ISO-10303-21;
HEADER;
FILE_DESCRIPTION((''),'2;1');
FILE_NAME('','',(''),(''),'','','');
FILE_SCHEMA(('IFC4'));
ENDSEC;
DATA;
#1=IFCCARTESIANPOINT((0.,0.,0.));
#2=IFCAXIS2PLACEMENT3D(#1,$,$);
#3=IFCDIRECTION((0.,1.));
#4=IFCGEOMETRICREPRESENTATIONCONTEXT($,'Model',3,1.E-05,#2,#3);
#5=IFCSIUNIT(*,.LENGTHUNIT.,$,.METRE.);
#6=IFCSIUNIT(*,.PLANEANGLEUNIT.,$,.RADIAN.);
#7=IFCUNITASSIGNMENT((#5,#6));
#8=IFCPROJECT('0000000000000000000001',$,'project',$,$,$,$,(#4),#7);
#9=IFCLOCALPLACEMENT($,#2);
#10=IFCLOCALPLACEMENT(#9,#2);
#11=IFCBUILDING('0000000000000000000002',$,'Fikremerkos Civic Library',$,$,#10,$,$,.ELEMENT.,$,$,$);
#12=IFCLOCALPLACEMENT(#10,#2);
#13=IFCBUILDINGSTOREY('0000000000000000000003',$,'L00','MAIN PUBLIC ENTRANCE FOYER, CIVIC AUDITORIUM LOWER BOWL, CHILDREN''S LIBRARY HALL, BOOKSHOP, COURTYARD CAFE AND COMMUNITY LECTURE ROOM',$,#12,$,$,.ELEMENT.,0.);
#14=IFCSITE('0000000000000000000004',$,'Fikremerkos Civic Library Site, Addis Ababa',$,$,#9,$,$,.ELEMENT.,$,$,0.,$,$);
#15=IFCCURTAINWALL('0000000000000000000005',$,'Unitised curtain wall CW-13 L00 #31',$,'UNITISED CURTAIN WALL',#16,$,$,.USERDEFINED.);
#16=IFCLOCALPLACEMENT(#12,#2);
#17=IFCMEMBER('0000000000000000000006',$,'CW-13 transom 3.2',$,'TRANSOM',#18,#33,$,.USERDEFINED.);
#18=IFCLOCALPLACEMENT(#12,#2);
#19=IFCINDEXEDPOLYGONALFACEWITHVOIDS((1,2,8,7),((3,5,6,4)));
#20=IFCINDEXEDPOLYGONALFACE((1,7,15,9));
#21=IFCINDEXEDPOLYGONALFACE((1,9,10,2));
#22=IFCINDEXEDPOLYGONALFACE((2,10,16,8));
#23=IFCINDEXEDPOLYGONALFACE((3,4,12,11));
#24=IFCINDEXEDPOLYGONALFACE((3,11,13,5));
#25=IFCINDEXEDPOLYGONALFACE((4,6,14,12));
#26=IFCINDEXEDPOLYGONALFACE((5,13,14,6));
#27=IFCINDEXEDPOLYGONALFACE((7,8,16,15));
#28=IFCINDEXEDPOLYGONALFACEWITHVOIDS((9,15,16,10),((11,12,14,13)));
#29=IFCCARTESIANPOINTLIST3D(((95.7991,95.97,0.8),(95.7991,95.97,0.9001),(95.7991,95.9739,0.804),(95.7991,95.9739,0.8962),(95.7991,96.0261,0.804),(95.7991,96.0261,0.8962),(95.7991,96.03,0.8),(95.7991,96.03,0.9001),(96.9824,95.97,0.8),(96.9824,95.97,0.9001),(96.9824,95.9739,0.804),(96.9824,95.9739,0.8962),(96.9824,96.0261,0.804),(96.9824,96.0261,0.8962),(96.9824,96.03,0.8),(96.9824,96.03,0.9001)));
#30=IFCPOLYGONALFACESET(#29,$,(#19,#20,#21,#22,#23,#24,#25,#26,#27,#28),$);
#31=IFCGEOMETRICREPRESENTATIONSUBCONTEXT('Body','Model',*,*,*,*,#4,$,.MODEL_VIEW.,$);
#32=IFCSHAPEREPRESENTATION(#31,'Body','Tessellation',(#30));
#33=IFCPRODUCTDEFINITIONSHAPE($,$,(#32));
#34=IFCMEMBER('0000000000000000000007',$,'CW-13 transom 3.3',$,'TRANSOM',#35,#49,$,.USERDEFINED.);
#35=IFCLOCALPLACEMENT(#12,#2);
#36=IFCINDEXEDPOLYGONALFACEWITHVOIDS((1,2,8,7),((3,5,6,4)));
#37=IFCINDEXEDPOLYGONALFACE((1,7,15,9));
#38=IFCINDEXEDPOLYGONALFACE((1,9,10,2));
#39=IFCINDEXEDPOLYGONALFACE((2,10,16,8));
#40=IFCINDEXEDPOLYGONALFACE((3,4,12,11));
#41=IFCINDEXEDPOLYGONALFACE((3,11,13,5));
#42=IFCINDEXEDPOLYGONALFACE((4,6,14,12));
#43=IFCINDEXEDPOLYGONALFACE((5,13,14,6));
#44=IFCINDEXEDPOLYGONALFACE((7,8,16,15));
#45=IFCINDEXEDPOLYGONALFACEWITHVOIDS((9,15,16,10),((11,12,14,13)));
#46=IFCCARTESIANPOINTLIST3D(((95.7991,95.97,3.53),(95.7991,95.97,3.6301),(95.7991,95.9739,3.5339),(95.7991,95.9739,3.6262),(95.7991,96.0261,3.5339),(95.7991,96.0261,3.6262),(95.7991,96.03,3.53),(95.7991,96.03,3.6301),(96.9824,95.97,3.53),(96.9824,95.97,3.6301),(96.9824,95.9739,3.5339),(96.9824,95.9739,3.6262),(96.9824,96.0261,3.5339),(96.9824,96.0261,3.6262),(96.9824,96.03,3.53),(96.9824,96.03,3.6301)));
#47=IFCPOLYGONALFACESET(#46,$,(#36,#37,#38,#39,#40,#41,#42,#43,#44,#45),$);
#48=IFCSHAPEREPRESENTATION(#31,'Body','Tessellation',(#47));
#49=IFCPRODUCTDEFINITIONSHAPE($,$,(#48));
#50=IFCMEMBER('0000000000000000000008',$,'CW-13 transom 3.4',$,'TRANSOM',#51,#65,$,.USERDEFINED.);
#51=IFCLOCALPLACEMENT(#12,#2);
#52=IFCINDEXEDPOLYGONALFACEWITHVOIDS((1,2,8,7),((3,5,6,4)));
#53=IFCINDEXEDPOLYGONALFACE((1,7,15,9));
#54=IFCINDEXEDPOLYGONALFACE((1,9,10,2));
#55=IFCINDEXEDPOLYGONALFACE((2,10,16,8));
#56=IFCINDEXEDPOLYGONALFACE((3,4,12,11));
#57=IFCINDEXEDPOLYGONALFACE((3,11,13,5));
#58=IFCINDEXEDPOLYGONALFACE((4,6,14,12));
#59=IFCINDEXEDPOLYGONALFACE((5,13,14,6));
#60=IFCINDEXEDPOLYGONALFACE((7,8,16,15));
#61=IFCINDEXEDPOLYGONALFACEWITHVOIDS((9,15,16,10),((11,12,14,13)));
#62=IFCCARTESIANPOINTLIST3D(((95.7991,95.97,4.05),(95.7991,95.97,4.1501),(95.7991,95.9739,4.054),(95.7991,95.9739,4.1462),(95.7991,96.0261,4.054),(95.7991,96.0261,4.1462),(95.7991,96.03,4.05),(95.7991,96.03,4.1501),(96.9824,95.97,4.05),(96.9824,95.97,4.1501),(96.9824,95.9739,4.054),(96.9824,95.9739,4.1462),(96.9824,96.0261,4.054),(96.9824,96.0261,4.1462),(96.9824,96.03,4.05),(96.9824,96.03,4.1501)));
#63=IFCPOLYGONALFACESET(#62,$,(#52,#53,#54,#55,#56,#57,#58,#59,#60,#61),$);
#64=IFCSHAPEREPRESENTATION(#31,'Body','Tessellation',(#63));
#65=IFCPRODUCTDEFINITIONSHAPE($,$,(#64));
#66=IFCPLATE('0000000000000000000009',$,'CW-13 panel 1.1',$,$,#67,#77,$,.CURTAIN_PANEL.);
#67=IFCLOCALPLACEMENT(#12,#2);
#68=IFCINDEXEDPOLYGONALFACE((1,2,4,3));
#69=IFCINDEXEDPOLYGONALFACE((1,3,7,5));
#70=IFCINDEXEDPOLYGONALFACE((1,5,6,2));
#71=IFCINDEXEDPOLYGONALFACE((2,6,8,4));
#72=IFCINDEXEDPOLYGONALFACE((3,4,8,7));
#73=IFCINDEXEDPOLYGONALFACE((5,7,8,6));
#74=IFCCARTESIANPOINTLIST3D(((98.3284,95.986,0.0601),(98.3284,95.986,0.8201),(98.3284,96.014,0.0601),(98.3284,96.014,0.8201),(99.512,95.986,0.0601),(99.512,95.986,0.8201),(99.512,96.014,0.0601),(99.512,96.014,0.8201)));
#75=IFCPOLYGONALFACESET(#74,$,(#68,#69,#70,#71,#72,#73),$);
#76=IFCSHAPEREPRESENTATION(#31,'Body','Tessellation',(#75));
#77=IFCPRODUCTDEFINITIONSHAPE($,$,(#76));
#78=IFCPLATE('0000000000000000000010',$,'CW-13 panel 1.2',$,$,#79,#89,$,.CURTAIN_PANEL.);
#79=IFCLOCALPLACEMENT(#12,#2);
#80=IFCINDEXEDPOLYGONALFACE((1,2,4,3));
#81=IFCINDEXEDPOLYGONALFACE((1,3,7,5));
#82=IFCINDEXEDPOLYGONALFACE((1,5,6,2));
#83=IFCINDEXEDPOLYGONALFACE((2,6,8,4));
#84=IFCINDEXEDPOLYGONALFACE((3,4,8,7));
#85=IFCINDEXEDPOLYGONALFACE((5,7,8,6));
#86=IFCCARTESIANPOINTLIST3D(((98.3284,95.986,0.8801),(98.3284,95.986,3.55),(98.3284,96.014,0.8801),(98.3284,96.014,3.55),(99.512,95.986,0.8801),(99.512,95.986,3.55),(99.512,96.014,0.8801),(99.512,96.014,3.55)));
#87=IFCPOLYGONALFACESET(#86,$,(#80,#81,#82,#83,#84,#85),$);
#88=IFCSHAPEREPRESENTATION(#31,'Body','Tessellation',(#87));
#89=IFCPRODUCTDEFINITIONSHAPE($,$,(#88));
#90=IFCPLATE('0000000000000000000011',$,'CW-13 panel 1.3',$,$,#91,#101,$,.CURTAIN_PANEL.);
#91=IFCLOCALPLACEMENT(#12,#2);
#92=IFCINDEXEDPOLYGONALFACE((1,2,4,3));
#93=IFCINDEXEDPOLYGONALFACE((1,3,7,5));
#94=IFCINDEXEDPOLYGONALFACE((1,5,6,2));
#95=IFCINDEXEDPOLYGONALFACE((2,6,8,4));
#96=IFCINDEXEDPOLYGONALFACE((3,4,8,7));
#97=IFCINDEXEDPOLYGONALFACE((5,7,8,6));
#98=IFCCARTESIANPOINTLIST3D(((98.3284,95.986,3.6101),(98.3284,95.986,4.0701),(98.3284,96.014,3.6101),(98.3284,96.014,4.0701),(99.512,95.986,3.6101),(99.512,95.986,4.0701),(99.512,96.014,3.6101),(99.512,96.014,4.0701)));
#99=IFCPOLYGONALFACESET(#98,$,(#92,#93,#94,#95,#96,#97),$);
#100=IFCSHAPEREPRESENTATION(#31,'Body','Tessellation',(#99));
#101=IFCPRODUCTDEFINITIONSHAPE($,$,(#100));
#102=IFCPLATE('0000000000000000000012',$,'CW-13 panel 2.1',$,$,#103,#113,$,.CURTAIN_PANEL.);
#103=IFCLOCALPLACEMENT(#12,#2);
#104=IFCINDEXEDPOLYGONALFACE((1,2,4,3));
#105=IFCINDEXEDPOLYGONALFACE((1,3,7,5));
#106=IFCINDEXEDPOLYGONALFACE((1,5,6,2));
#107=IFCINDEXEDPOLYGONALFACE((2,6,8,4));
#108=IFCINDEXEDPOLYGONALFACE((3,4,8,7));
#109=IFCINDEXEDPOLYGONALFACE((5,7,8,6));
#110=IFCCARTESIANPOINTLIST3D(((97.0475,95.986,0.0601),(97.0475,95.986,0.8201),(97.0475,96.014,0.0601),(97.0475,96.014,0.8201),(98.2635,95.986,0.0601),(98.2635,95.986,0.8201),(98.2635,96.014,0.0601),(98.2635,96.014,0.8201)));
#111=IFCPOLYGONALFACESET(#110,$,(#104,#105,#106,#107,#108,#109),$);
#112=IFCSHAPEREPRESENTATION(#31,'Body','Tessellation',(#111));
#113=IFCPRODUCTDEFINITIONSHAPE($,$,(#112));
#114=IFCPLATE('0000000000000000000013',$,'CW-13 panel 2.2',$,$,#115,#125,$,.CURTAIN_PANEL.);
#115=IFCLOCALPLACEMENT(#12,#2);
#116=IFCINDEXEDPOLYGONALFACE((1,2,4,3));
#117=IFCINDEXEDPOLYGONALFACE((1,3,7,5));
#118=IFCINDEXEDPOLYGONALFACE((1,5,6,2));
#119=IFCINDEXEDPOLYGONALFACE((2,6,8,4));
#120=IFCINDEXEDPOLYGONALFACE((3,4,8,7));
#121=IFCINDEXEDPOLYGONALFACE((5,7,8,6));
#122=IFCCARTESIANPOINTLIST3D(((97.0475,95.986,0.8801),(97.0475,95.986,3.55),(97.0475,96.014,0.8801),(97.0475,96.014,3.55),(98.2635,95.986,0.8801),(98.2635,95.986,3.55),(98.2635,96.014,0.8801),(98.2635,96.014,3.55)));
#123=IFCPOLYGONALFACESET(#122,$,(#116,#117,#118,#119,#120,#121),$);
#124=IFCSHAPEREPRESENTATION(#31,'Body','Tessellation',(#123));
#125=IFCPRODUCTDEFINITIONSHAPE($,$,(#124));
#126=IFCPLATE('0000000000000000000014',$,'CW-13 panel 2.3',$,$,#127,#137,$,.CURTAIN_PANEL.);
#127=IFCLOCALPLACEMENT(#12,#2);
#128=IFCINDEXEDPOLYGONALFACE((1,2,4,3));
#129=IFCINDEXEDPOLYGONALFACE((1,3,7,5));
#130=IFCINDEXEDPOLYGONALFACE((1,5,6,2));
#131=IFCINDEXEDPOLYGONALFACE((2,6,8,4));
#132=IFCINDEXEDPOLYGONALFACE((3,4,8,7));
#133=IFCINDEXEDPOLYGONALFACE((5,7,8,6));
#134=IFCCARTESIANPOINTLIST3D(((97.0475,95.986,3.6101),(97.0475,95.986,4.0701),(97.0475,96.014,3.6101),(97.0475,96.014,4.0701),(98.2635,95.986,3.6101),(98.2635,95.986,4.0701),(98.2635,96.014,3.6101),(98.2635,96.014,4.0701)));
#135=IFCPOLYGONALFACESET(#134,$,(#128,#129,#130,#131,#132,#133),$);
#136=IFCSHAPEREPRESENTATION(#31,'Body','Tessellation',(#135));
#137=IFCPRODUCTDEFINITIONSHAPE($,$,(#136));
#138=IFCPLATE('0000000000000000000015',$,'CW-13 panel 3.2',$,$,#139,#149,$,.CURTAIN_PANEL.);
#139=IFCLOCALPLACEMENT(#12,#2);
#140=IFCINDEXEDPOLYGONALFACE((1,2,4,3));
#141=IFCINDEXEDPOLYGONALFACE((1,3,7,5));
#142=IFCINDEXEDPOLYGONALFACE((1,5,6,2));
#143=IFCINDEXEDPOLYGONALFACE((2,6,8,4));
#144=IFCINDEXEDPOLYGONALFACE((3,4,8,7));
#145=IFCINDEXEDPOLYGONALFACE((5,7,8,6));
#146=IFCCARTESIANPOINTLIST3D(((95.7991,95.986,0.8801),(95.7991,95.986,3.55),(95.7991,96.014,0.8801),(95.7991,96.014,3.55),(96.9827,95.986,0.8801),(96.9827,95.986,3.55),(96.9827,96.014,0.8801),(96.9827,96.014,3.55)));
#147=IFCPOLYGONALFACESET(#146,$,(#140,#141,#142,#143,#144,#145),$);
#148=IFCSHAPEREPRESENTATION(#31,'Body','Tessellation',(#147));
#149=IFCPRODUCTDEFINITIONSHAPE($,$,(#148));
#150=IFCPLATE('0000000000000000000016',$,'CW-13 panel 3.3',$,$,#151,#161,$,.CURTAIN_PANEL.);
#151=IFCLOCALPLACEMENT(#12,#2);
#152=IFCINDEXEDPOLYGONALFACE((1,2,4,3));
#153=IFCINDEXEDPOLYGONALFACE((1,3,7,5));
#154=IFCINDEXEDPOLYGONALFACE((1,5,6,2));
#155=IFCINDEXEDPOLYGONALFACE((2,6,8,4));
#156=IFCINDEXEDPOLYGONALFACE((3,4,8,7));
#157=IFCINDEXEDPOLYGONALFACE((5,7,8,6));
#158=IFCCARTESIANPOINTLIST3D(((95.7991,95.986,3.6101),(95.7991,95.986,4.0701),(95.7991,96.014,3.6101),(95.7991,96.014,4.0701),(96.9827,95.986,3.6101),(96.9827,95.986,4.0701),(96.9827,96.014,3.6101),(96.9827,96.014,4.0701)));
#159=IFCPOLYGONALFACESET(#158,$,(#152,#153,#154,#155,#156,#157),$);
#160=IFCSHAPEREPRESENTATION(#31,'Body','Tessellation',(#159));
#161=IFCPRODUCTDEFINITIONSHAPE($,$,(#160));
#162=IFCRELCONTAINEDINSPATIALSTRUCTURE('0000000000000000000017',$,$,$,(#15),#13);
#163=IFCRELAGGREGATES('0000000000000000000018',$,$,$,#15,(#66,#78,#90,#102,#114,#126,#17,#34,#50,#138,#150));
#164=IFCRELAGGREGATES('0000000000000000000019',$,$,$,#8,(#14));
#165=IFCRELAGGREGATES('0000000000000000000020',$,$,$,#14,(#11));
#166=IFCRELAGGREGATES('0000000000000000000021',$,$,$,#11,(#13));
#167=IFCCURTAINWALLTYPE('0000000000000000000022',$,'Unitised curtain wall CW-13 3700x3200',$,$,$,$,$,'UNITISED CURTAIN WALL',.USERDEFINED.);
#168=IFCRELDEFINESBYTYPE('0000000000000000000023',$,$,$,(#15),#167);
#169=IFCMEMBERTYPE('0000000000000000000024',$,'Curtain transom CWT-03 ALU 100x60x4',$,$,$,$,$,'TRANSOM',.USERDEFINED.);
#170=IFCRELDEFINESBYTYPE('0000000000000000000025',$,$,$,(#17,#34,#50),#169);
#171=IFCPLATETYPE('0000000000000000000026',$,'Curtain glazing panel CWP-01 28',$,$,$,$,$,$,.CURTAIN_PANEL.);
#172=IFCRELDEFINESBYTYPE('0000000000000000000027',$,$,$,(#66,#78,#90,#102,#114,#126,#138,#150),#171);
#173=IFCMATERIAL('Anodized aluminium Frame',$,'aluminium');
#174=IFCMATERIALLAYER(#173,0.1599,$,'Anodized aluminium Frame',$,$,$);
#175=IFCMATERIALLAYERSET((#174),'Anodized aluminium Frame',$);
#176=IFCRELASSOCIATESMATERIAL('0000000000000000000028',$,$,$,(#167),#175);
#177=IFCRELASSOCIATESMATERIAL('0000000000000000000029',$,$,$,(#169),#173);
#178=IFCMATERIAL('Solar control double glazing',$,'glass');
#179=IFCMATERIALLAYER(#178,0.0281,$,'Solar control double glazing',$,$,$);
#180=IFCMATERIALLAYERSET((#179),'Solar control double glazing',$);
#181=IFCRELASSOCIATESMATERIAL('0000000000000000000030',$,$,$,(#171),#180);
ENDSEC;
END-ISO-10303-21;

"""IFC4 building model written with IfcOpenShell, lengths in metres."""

from ifc_helpers import new_model, si_unit, direction, frame, origin, origin_2d, place, context, subcontext, project, spatial, rectangle, hollow_rectangle, extrude, material, layer, layer_set, material_profile, profile_set, type_object, element, aggregate, save


model = new_model("IFC4")

# Units and contexts
model_context = context("Model", 3, precision=1e-05, world=origin(), true_north=direction((0.0, 1.0)))
body_context = subcontext(model_context, "Body", "Model", "MODEL_VIEW")
ifc_project = project(units=[si_unit("LENGTHUNIT", "METRE"), si_unit("PLANEANGLEUNIT", "RADIAN")], contexts=[model_context])

# Site, building, storey
site_placement = place(None, origin())
site = spatial("IfcSite", under=ifc_project, at=site_placement, Name="Fikremerkos Civic Library Site, Addis Ababa", CompositionType="ELEMENT", RefElevation=0.0)
building_placement = place(site_placement, origin())
building = spatial("IfcBuilding", under=site, at=building_placement, Name="Fikremerkos Civic Library", CompositionType="ELEMENT")
storey_placement = place(building_placement, origin())
storey = spatial("IfcBuildingStorey", under=building, at=storey_placement, Name="L00", Description="MAIN PUBLIC ENTRANCE FOYER, CIVIC AUDITORIUM LOWER BOWL, CHILDREN'S LIBRARY HALL, BOOKSHOP, COURTYARD CAFE AND COMMUNITY LECTURE ROOM", CompositionType="ELEMENT", Elevation=0.0)

# Curtain wall, members, plates
ifc_material_1 = material(Name="Anodized aluminium Frame", Category="aluminium")
ifc_layer_1 = layer(ifc_material_1, 0.1599, Name="Anodized aluminium Frame")
ifc_layer_set_1 = layer_set([ifc_layer_1], Name="Anodized aluminium Frame")
curtain_wall_type = type_object("IfcCurtainWallType", Name="Unitised curtain wall CW-13 3700x3200", ElementType="UNITISED CURTAIN WALL", PredefinedType="USERDEFINED", material=ifc_layer_set_1)
curtain_wall_placement = place(storey_placement, origin())
curtain_wall = element("IfcCurtainWall", 1, at=curtain_wall_placement, inside=storey, type_object=curtain_wall_type, Name="Unitised curtain wall CW-13 L00 #31", ObjectType="UNITISED CURTAIN WALL", PredefinedType="USERDEFINED")
ifc_material_profile_1 = material_profile(ifc_material_1, hollow_rectangle(XDim=0.0601, YDim=0.1001, WallThickness=0.0039, at=origin_2d()), Name="ALU 100x60x4")
ifc_profile_set_1 = profile_set([ifc_material_profile_1], Name="Anodized aluminium Frame")
member_type_1 = type_object("IfcMemberType", Name="Curtain transom CWT-03 ALU 100x60x4", ElementType="TRANSOM", PredefinedType="USERDEFINED", material=ifc_profile_set_1)
member_1_placement = place(storey_placement, frame((96.9824, 96.0, 0.8501), z_axis=(-1.0, 0.0, 0.0), x_axis=(0.0, -1.0, 0.0)))
member_1 = element("IfcMember", 2, at=member_1_placement, type_object=member_type_1, Name="CW-13 transom 3.2", ObjectType="TRANSOM", PredefinedType="USERDEFINED", context=body_context, shape_type="SweptSolid", body=[
    extrude(hollow_rectangle(XDim=0.0601, YDim=0.1001, WallThickness=0.0039, at=origin_2d()), origin(), (0.0, 0.0, 1.0), 1.1833),
])
member_2_placement = place(storey_placement, frame((96.9824, 96.0, 3.5801), z_axis=(-1.0, 0.0, 0.0), x_axis=(0.0, -1.0, 0.0)))
member_2 = element("IfcMember", 3, at=member_2_placement, type_object=member_type_1, Name="CW-13 transom 3.3", ObjectType="TRANSOM", PredefinedType="USERDEFINED", context=body_context, shape_type="SweptSolid", body=[
    extrude(hollow_rectangle(XDim=0.0601, YDim=0.1001, WallThickness=0.0039, at=origin_2d()), origin(), (0.0, 0.0, 1.0), 1.1833),
])
member_3_placement = place(storey_placement, frame((96.9824, 96.0, 4.1001), z_axis=(-1.0, 0.0, 0.0), x_axis=(0.0, -1.0, 0.0)))
member_3 = element("IfcMember", 4, at=member_3_placement, type_object=member_type_1, Name="CW-13 transom 3.4", ObjectType="TRANSOM", PredefinedType="USERDEFINED", context=body_context, shape_type="SweptSolid", body=[
    extrude(hollow_rectangle(XDim=0.0601, YDim=0.1001, WallThickness=0.0039, at=origin_2d()), origin(), (0.0, 0.0, 1.0), 1.1833),
])
ifc_material_2 = material(Name="Solar control double glazing", Category="glass")
ifc_layer_2 = layer(ifc_material_2, 0.0281, Name="Solar control double glazing")
ifc_layer_set_2 = layer_set([ifc_layer_2], Name="Solar control double glazing")
plate_type = type_object("IfcPlateType", Name="Curtain glazing panel CWP-01 28", PredefinedType="CURTAIN_PANEL", material=ifc_layer_set_2)
plate_1_placement = place(storey_placement, frame((98.9202, 96.0, 0.0601), z_axis=(0.0, 0.0, 1.0), x_axis=(-1.0, 0.0, 0.0)))
plate_1 = element("IfcPlate", 5, at=plate_1_placement, type_object=plate_type, Name="CW-13 panel 1.1", PredefinedType="CURTAIN_PANEL", context=body_context, shape_type="SweptSolid", body=[
    extrude(rectangle(XDim=1.1836, YDim=0.0281, at=origin_2d()), origin(), (0.0, 0.0, 1.0), 0.76),
])
plate_2_placement = place(storey_placement, frame((98.9202, 96.0, 0.8801), z_axis=(0.0, 0.0, 1.0), x_axis=(-1.0, 0.0, 0.0)))
plate_2 = element("IfcPlate", 6, at=plate_2_placement, type_object=plate_type, Name="CW-13 panel 1.2", PredefinedType="CURTAIN_PANEL", context=body_context, shape_type="SweptSolid", body=[
    extrude(rectangle(XDim=1.1836, YDim=0.0281, at=origin_2d()), origin(), (0.0, 0.0, 1.0), 2.6699),
])
plate_3_placement = place(storey_placement, frame((98.9202, 96.0, 3.6101), z_axis=(0.0, 0.0, 1.0), x_axis=(-1.0, 0.0, 0.0)))
plate_3 = element("IfcPlate", 7, at=plate_3_placement, type_object=plate_type, Name="CW-13 panel 1.3", PredefinedType="CURTAIN_PANEL", context=body_context, shape_type="SweptSolid", body=[
    extrude(rectangle(XDim=1.1836, YDim=0.0281, at=origin_2d()), origin(), (0.0, 0.0, 1.0), 0.46),
])
plate_4_placement = place(storey_placement, frame((97.6555, 96.0, 0.0601), z_axis=(0.0, 0.0, 1.0), x_axis=(-1.0, 0.0, 0.0)))
plate_4 = element("IfcPlate", 8, at=plate_4_placement, type_object=plate_type, Name="CW-13 panel 2.1", PredefinedType="CURTAIN_PANEL", context=body_context, shape_type="SweptSolid", body=[
    extrude(rectangle(XDim=1.2161, YDim=0.0281, at=origin_2d()), origin(), (0.0, 0.0, 1.0), 0.76),
])
plate_5_placement = place(storey_placement, frame((97.6555, 96.0, 0.8801), z_axis=(0.0, 0.0, 1.0), x_axis=(-1.0, 0.0, 0.0)))
plate_5 = element("IfcPlate", 9, at=plate_5_placement, type_object=plate_type, Name="CW-13 panel 2.2", PredefinedType="CURTAIN_PANEL", context=body_context, shape_type="SweptSolid", body=[
    extrude(rectangle(XDim=1.2161, YDim=0.0281, at=origin_2d()), origin(), (0.0, 0.0, 1.0), 2.6699),
])
plate_6_placement = place(storey_placement, frame((97.6555, 96.0, 3.6101), z_axis=(0.0, 0.0, 1.0), x_axis=(-1.0, 0.0, 0.0)))
plate_6 = element("IfcPlate", 10, at=plate_6_placement, type_object=plate_type, Name="CW-13 panel 2.3", PredefinedType="CURTAIN_PANEL", context=body_context, shape_type="SweptSolid", body=[
    extrude(rectangle(XDim=1.2161, YDim=0.0281, at=origin_2d()), origin(), (0.0, 0.0, 1.0), 0.46),
])
plate_7_placement = place(storey_placement, frame((96.3909, 96.0, 0.8801), z_axis=(0.0, 0.0, 1.0), x_axis=(-1.0, 0.0, 0.0)))
plate_7 = element("IfcPlate", 11, at=plate_7_placement, type_object=plate_type, Name="CW-13 panel 3.2", PredefinedType="CURTAIN_PANEL", context=body_context, shape_type="SweptSolid", body=[
    extrude(rectangle(XDim=1.1836, YDim=0.0281, at=origin_2d()), origin(), (0.0, 0.0, 1.0), 2.6699),
])
plate_8_placement = place(storey_placement, frame((96.3909, 96.0, 3.6101), z_axis=(0.0, 0.0, 1.0), x_axis=(-1.0, 0.0, 0.0)))
plate_8 = element("IfcPlate", 12, at=plate_8_placement, type_object=plate_type, Name="CW-13 panel 3.3", PredefinedType="CURTAIN_PANEL", context=body_context, shape_type="SweptSolid", body=[
    extrude(rectangle(XDim=1.1836, YDim=0.0281, at=origin_2d()), origin(), (0.0, 0.0, 1.0), 0.46),
])
aggregate(curtain_wall, [plate_1, plate_2, plate_3, plate_4, plate_5, plate_6, member_1, member_2, member_3, plate_7, plate_8])

save(model, "model.ifc")
